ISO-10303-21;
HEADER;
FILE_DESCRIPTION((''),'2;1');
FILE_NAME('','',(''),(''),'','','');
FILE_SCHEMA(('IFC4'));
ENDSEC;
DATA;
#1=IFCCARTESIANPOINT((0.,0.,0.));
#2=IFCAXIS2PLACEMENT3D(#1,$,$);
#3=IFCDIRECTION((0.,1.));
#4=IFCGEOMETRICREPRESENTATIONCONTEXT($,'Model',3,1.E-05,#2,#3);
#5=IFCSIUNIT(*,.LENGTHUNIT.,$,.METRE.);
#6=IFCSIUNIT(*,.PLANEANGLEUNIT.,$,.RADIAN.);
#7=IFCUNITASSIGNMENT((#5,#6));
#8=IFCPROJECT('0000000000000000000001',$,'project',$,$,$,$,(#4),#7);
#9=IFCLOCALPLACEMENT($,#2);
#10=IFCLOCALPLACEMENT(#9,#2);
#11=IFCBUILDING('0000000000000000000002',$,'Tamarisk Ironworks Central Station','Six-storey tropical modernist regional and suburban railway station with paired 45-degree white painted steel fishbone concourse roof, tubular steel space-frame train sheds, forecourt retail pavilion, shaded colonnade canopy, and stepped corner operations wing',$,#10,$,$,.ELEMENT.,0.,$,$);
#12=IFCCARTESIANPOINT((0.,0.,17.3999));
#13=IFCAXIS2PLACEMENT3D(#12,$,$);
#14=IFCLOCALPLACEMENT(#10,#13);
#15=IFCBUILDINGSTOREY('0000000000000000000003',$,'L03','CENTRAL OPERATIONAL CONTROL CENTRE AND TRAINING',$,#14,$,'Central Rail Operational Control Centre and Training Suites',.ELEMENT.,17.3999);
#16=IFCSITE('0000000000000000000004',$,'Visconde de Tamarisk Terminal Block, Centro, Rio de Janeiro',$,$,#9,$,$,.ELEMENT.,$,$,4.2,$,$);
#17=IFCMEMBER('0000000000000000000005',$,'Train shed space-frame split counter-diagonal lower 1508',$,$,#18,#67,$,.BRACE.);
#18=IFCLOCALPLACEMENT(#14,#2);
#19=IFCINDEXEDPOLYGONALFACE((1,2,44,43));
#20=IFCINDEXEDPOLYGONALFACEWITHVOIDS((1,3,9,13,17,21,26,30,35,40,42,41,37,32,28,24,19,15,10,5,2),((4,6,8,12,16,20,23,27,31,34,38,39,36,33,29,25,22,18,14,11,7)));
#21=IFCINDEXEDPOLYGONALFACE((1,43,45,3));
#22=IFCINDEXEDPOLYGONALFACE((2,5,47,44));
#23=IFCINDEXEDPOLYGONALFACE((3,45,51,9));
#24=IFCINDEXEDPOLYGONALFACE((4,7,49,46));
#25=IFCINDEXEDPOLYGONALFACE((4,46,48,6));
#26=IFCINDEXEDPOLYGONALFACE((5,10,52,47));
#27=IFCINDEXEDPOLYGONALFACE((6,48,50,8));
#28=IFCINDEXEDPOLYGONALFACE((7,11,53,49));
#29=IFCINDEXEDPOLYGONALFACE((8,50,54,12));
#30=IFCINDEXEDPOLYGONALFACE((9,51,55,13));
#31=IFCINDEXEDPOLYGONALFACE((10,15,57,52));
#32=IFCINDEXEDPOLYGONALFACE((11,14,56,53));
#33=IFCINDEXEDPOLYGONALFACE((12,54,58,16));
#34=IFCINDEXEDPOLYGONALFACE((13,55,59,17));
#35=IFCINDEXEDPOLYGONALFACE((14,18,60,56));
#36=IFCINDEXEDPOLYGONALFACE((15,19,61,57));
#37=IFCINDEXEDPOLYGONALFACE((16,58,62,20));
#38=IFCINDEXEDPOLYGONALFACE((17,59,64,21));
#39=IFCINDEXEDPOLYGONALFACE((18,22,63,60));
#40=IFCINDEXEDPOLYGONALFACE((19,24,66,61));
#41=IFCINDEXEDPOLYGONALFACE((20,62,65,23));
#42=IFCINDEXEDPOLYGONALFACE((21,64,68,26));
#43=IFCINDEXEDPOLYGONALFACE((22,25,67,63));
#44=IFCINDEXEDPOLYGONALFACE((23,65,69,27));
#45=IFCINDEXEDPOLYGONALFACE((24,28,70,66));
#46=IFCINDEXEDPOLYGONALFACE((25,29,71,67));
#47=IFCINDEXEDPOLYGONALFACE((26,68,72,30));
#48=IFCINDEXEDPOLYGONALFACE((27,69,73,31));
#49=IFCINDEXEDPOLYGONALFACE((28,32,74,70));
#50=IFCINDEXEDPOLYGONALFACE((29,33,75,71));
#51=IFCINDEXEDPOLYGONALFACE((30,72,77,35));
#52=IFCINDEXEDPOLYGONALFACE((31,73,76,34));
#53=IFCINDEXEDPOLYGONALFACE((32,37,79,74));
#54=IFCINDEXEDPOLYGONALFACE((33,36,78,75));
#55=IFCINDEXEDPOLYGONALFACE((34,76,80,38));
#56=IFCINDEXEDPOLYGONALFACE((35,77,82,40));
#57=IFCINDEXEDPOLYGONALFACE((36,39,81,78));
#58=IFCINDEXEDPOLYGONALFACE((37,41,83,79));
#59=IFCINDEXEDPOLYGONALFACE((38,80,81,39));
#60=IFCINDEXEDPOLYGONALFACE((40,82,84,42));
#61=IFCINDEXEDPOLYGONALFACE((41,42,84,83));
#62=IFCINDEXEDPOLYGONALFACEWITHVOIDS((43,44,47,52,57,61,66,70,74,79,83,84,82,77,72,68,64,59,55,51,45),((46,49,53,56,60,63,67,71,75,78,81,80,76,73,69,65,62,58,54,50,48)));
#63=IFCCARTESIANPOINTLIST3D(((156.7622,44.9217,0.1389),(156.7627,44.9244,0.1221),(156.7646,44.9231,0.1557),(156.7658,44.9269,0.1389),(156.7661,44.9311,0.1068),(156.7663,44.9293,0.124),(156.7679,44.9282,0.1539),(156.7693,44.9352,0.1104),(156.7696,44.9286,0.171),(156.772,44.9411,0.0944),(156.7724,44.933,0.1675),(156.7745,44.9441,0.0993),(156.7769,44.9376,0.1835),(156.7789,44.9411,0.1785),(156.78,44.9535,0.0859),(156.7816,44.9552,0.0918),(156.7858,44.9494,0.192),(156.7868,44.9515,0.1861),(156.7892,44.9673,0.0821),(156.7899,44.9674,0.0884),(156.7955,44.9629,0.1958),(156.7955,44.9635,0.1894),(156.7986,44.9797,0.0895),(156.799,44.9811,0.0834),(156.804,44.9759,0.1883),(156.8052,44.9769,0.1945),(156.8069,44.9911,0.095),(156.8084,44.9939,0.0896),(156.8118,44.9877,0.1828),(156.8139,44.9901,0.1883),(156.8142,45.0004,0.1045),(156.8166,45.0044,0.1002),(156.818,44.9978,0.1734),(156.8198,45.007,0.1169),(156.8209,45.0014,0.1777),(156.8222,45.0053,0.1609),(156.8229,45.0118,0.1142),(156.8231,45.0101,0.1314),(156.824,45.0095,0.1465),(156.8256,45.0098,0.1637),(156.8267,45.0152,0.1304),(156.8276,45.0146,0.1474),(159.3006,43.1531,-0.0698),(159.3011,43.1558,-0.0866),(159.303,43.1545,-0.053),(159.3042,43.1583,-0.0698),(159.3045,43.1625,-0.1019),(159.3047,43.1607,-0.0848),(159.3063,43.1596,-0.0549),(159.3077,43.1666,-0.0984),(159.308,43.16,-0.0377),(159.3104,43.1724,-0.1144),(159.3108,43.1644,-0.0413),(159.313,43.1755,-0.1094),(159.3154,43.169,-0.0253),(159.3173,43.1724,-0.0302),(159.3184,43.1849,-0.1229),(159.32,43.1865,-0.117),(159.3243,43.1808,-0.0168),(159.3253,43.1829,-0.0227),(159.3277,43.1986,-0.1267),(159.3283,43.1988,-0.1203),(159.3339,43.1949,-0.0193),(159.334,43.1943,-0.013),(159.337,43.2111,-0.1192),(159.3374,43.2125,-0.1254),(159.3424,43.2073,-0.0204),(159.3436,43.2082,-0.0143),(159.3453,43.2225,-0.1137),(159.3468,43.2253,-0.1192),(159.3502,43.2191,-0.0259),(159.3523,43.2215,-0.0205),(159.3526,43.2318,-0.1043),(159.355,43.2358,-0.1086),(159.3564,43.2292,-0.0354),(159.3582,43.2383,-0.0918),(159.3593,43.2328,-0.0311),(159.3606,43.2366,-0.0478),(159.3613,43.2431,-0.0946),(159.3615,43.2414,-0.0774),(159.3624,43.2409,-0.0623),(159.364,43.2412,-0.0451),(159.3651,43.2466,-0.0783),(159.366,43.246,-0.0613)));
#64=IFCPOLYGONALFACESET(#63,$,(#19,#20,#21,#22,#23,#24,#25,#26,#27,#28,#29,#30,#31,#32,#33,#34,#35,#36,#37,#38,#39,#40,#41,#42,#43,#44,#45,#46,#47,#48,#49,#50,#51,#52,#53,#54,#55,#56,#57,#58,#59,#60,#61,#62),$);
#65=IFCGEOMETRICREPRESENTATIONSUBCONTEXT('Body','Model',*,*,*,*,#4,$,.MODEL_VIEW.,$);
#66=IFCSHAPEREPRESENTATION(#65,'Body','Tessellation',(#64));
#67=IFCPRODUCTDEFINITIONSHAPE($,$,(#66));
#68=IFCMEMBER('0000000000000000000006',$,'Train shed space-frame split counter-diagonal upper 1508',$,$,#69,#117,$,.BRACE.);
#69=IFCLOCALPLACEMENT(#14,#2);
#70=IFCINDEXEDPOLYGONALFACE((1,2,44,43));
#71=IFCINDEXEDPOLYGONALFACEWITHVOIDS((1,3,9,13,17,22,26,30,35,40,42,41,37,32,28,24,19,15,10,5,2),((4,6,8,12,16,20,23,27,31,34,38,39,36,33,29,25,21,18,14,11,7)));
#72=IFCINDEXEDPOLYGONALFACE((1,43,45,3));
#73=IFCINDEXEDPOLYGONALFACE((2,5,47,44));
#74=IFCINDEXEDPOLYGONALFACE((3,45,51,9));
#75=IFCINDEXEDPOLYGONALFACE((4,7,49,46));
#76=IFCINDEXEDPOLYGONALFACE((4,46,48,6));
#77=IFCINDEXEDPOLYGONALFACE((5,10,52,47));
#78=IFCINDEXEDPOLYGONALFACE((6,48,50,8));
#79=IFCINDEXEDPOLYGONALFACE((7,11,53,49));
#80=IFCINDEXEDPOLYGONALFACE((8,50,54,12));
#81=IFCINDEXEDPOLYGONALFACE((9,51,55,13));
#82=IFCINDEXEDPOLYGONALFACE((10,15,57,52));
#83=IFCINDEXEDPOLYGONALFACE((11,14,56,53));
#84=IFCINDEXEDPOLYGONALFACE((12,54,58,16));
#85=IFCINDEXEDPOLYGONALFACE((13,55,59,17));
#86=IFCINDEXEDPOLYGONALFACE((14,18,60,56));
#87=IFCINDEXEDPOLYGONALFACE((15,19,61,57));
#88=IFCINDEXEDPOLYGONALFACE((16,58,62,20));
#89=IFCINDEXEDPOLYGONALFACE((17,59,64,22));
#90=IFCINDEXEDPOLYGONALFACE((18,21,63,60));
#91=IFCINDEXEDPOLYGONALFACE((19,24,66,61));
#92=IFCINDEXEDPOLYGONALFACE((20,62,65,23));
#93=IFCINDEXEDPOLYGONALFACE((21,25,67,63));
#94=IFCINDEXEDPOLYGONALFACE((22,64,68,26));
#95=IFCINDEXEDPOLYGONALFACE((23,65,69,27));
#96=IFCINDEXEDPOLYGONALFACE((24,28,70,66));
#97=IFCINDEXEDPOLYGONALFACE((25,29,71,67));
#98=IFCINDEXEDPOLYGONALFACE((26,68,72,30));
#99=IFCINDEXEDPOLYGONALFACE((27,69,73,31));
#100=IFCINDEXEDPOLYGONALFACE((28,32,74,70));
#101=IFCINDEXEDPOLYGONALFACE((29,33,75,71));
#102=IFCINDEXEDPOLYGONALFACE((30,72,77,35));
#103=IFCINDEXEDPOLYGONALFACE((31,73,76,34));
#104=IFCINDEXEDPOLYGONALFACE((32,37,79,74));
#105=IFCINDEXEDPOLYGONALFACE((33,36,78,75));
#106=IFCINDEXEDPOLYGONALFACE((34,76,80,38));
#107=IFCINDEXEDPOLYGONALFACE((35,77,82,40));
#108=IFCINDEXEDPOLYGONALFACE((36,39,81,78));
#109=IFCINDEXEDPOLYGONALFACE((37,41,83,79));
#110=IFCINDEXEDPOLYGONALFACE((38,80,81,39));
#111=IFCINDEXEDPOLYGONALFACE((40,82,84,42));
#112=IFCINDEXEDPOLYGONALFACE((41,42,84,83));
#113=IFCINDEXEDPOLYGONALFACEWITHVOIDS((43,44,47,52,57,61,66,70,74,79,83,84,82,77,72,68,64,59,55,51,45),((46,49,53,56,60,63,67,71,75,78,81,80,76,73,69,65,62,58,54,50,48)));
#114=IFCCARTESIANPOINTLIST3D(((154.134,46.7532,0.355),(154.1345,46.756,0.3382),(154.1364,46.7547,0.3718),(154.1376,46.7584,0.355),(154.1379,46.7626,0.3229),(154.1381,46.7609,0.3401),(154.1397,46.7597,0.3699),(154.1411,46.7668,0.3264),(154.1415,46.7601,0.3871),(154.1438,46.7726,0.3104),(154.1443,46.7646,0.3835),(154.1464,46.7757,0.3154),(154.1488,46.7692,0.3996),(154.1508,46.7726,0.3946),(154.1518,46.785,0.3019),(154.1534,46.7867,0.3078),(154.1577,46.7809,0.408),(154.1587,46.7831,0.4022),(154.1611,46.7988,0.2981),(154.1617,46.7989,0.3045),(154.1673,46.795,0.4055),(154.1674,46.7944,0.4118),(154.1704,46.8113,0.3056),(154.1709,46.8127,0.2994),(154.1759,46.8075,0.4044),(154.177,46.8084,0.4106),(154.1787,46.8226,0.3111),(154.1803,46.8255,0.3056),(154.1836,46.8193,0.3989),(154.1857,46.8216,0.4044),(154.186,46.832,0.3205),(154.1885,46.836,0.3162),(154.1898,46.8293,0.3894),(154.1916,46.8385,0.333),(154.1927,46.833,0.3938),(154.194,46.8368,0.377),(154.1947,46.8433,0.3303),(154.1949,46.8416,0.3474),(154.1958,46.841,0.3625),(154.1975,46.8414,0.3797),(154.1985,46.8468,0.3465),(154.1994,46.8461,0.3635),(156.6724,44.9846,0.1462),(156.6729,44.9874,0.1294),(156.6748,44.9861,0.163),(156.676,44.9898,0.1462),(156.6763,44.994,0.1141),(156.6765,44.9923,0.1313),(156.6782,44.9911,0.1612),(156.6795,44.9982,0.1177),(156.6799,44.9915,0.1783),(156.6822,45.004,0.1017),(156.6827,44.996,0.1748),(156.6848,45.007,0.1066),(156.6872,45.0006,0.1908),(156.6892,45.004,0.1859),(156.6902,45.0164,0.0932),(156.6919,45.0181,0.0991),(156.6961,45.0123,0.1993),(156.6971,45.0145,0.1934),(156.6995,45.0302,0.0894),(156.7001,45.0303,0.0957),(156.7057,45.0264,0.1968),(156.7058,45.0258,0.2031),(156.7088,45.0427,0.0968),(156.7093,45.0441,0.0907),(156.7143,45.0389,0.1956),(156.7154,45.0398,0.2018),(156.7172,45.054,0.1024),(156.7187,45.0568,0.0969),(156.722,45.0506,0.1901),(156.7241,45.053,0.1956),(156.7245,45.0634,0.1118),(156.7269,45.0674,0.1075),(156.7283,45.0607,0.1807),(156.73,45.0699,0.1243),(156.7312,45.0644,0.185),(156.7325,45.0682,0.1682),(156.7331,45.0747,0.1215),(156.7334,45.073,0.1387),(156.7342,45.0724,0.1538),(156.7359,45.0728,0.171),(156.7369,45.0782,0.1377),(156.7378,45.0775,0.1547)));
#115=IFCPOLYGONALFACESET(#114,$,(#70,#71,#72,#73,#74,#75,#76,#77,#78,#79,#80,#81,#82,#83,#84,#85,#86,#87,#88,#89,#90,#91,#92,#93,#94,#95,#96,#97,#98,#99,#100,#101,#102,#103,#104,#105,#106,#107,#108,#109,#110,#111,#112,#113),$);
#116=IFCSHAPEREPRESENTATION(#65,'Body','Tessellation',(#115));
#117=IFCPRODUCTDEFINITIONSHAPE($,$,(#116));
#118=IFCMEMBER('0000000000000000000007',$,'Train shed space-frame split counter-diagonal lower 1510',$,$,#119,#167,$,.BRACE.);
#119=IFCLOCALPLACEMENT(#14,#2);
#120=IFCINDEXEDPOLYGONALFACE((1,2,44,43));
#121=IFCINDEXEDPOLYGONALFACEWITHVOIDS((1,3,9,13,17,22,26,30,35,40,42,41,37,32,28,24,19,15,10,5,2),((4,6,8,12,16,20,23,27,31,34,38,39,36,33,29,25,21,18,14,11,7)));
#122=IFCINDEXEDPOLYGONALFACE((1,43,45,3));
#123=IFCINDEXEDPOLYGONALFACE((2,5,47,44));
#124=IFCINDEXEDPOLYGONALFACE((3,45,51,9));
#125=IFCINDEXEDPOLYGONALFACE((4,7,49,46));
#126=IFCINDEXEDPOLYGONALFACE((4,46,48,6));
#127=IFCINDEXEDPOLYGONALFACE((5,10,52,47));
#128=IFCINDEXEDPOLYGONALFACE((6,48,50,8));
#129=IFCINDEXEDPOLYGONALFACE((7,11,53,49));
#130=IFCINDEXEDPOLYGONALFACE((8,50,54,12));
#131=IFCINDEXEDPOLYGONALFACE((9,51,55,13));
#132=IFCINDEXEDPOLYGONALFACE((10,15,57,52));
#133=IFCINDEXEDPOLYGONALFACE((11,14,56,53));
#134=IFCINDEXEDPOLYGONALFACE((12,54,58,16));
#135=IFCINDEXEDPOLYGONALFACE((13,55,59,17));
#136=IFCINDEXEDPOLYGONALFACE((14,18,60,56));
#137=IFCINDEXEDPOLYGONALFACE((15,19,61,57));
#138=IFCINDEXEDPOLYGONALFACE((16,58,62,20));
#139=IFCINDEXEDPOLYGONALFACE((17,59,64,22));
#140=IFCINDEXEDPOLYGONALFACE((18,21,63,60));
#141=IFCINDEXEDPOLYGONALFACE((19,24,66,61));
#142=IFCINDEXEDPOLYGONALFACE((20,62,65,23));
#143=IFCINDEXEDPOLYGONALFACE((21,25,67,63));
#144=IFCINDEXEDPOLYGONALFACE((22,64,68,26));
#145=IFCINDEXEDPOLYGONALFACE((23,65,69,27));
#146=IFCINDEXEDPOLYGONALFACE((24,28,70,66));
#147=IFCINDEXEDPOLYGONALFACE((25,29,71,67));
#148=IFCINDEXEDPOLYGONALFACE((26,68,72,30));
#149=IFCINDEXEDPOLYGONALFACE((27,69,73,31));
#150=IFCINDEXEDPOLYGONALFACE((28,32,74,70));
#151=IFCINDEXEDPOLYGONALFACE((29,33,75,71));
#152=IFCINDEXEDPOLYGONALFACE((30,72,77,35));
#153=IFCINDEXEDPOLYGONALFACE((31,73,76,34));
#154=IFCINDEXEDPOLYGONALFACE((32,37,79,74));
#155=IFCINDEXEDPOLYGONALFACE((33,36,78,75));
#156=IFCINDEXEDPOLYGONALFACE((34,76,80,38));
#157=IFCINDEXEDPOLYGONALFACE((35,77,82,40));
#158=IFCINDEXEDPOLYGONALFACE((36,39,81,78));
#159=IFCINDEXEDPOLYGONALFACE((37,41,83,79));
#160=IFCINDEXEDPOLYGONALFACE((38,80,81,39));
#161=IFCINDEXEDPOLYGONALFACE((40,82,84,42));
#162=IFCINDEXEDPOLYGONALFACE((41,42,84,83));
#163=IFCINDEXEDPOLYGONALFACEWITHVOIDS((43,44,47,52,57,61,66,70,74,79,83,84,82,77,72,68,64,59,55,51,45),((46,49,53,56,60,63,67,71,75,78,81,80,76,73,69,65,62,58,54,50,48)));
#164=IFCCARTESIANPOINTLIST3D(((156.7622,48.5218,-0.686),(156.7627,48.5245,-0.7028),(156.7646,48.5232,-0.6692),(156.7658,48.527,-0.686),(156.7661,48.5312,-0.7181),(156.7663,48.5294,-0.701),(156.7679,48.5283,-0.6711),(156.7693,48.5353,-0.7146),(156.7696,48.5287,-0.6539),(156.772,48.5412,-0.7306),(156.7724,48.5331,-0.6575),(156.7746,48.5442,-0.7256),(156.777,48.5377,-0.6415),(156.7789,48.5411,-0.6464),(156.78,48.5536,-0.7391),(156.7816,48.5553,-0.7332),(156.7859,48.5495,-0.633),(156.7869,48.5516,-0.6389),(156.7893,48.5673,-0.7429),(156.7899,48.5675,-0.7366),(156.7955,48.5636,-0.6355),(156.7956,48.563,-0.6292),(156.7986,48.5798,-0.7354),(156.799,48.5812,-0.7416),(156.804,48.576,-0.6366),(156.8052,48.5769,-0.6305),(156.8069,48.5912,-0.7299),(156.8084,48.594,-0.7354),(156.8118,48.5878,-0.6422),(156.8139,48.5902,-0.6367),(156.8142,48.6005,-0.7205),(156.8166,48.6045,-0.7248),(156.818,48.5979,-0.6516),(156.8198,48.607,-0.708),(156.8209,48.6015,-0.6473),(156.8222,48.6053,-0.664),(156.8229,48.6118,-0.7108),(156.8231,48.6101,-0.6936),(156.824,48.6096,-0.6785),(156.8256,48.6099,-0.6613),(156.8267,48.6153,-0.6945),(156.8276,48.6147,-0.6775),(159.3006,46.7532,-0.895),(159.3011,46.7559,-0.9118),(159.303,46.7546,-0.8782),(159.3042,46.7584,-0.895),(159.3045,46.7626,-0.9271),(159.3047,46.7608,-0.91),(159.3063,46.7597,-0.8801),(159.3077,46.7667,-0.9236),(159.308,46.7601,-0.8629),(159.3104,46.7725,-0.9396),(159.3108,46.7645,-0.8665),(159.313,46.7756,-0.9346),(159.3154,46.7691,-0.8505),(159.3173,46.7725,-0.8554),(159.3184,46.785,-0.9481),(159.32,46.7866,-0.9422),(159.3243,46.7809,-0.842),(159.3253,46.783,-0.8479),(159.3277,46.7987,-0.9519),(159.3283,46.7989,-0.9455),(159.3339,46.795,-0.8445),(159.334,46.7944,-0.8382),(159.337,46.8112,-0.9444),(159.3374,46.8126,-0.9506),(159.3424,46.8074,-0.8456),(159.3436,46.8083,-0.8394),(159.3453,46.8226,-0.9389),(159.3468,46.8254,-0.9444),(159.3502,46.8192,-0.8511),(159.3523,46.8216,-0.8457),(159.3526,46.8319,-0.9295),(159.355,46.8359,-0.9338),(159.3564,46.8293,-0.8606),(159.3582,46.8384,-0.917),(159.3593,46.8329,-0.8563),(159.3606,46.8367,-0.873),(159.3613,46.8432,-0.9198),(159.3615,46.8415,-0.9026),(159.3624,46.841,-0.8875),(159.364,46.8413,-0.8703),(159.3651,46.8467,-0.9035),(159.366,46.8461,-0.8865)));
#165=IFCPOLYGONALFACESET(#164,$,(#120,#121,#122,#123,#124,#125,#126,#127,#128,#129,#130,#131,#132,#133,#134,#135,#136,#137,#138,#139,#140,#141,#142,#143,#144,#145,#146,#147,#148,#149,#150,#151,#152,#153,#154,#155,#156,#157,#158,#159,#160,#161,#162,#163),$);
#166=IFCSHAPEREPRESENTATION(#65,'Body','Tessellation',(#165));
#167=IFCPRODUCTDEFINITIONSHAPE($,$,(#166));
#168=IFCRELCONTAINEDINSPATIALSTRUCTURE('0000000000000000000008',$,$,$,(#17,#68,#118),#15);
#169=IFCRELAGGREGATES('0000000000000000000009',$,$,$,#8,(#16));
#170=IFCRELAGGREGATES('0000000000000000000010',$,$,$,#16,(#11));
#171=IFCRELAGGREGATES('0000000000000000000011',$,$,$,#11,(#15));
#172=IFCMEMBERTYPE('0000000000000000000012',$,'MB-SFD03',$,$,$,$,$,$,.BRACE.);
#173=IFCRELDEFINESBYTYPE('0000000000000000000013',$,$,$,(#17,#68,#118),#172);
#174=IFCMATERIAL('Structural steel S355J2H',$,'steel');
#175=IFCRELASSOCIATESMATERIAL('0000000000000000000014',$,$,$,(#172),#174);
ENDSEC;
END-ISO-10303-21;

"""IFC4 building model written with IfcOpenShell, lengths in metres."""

from ifc_helpers import new_model, si_unit, direction, frame, origin, origin_2d, place, context, subcontext, project, spatial, hollow_circle, extrude, material, material_profile, profile_set, type_object, element, save


model = new_model("IFC4")

# Units and contexts
model_context = context("Model", 3, precision=1e-05, world=origin(), true_north=direction((0.0, 1.0)))
body_context = subcontext(model_context, "Body", "Model", "MODEL_VIEW")
ifc_project = project(units=[si_unit("LENGTHUNIT", "METRE"), si_unit("PLANEANGLEUNIT", "RADIAN")], contexts=[model_context])

# Site, building, storey
site_placement = place(None, origin())
site = spatial("IfcSite", under=ifc_project, at=site_placement, Name="Visconde de Tamarisk Terminal Block, Centro, Rio de Janeiro", CompositionType="ELEMENT", RefElevation=4.2)
building_placement = place(site_placement, origin())
building = spatial("IfcBuilding", under=site, at=building_placement, Name="Tamarisk Ironworks Central Station", Description="Six-storey tropical modernist regional and suburban railway station with paired 45-degree white painted steel fishbone concourse roof, tubular steel space-frame train sheds, forecourt retail pavilion, shaded colonnade canopy, and stepped corner operations wing", CompositionType="ELEMENT", ElevationOfRefHeight=0.0)
storey_placement = place(building_placement, frame((0.0, 0.0, 17.3999)))
storey = spatial("IfcBuildingStorey", under=building, at=storey_placement, Name="L03", Description="CENTRAL OPERATIONAL CONTROL CENTRE AND TRAINING", LongName="Central Rail Operational Control Centre and Training Suites", CompositionType="ELEMENT", Elevation=17.3999)

# Members
ifc_material = material(Name="Structural steel S355J2H", Category="steel")
ifc_material_profile_1 = material_profile(ifc_material, hollow_circle(Radius=0.0571, WallThickness=0.0063, at=origin_2d()), Name="CHS 114.3x6.3")
ifc_profile_set_1 = profile_set([ifc_material_profile_1], Name="Structural steel S355J2H")
member_type_1 = type_object("IfcMemberType", Name="MB-SFD03", PredefinedType="BRACE", material=ifc_profile_set_1)
for number, where, z_axis, x_axis, name in (
    (1, (159.3333, 43.2, -0.0698), (-0.818625, 0.570369, 0.06732), (-0.571666, -0.820487, 0.0), "Train shed space-frame split counter-diagonal lower 1508"),
    (2, (156.7051, 45.0315, 0.1462), (-0.818625, 0.570369, 0.06732), (-0.571666, -0.820487, 0.0), "Train shed space-frame split counter-diagonal upper 1508"),
    (3, (159.3333, 46.8, -0.895), (-0.818621, 0.570366, 0.067398), (-0.571666, -0.820487, 0.0), "Train shed space-frame split counter-diagonal lower 1510"),
):
    element("IfcMember", number, at=place(storey_placement, frame(where, z_axis=z_axis, x_axis=x_axis)), inside=storey, type_object=member_type_1, Name=name, PredefinedType="BRACE", context=body_context, shape_type="SweptSolid", body=[
        extrude(hollow_circle(Radius=0.0571, WallThickness=0.0063, at=origin_2d()), origin(), (0.0, 0.0, 1.0), 3.1008),
    ])

save(model, "model.ifc")
